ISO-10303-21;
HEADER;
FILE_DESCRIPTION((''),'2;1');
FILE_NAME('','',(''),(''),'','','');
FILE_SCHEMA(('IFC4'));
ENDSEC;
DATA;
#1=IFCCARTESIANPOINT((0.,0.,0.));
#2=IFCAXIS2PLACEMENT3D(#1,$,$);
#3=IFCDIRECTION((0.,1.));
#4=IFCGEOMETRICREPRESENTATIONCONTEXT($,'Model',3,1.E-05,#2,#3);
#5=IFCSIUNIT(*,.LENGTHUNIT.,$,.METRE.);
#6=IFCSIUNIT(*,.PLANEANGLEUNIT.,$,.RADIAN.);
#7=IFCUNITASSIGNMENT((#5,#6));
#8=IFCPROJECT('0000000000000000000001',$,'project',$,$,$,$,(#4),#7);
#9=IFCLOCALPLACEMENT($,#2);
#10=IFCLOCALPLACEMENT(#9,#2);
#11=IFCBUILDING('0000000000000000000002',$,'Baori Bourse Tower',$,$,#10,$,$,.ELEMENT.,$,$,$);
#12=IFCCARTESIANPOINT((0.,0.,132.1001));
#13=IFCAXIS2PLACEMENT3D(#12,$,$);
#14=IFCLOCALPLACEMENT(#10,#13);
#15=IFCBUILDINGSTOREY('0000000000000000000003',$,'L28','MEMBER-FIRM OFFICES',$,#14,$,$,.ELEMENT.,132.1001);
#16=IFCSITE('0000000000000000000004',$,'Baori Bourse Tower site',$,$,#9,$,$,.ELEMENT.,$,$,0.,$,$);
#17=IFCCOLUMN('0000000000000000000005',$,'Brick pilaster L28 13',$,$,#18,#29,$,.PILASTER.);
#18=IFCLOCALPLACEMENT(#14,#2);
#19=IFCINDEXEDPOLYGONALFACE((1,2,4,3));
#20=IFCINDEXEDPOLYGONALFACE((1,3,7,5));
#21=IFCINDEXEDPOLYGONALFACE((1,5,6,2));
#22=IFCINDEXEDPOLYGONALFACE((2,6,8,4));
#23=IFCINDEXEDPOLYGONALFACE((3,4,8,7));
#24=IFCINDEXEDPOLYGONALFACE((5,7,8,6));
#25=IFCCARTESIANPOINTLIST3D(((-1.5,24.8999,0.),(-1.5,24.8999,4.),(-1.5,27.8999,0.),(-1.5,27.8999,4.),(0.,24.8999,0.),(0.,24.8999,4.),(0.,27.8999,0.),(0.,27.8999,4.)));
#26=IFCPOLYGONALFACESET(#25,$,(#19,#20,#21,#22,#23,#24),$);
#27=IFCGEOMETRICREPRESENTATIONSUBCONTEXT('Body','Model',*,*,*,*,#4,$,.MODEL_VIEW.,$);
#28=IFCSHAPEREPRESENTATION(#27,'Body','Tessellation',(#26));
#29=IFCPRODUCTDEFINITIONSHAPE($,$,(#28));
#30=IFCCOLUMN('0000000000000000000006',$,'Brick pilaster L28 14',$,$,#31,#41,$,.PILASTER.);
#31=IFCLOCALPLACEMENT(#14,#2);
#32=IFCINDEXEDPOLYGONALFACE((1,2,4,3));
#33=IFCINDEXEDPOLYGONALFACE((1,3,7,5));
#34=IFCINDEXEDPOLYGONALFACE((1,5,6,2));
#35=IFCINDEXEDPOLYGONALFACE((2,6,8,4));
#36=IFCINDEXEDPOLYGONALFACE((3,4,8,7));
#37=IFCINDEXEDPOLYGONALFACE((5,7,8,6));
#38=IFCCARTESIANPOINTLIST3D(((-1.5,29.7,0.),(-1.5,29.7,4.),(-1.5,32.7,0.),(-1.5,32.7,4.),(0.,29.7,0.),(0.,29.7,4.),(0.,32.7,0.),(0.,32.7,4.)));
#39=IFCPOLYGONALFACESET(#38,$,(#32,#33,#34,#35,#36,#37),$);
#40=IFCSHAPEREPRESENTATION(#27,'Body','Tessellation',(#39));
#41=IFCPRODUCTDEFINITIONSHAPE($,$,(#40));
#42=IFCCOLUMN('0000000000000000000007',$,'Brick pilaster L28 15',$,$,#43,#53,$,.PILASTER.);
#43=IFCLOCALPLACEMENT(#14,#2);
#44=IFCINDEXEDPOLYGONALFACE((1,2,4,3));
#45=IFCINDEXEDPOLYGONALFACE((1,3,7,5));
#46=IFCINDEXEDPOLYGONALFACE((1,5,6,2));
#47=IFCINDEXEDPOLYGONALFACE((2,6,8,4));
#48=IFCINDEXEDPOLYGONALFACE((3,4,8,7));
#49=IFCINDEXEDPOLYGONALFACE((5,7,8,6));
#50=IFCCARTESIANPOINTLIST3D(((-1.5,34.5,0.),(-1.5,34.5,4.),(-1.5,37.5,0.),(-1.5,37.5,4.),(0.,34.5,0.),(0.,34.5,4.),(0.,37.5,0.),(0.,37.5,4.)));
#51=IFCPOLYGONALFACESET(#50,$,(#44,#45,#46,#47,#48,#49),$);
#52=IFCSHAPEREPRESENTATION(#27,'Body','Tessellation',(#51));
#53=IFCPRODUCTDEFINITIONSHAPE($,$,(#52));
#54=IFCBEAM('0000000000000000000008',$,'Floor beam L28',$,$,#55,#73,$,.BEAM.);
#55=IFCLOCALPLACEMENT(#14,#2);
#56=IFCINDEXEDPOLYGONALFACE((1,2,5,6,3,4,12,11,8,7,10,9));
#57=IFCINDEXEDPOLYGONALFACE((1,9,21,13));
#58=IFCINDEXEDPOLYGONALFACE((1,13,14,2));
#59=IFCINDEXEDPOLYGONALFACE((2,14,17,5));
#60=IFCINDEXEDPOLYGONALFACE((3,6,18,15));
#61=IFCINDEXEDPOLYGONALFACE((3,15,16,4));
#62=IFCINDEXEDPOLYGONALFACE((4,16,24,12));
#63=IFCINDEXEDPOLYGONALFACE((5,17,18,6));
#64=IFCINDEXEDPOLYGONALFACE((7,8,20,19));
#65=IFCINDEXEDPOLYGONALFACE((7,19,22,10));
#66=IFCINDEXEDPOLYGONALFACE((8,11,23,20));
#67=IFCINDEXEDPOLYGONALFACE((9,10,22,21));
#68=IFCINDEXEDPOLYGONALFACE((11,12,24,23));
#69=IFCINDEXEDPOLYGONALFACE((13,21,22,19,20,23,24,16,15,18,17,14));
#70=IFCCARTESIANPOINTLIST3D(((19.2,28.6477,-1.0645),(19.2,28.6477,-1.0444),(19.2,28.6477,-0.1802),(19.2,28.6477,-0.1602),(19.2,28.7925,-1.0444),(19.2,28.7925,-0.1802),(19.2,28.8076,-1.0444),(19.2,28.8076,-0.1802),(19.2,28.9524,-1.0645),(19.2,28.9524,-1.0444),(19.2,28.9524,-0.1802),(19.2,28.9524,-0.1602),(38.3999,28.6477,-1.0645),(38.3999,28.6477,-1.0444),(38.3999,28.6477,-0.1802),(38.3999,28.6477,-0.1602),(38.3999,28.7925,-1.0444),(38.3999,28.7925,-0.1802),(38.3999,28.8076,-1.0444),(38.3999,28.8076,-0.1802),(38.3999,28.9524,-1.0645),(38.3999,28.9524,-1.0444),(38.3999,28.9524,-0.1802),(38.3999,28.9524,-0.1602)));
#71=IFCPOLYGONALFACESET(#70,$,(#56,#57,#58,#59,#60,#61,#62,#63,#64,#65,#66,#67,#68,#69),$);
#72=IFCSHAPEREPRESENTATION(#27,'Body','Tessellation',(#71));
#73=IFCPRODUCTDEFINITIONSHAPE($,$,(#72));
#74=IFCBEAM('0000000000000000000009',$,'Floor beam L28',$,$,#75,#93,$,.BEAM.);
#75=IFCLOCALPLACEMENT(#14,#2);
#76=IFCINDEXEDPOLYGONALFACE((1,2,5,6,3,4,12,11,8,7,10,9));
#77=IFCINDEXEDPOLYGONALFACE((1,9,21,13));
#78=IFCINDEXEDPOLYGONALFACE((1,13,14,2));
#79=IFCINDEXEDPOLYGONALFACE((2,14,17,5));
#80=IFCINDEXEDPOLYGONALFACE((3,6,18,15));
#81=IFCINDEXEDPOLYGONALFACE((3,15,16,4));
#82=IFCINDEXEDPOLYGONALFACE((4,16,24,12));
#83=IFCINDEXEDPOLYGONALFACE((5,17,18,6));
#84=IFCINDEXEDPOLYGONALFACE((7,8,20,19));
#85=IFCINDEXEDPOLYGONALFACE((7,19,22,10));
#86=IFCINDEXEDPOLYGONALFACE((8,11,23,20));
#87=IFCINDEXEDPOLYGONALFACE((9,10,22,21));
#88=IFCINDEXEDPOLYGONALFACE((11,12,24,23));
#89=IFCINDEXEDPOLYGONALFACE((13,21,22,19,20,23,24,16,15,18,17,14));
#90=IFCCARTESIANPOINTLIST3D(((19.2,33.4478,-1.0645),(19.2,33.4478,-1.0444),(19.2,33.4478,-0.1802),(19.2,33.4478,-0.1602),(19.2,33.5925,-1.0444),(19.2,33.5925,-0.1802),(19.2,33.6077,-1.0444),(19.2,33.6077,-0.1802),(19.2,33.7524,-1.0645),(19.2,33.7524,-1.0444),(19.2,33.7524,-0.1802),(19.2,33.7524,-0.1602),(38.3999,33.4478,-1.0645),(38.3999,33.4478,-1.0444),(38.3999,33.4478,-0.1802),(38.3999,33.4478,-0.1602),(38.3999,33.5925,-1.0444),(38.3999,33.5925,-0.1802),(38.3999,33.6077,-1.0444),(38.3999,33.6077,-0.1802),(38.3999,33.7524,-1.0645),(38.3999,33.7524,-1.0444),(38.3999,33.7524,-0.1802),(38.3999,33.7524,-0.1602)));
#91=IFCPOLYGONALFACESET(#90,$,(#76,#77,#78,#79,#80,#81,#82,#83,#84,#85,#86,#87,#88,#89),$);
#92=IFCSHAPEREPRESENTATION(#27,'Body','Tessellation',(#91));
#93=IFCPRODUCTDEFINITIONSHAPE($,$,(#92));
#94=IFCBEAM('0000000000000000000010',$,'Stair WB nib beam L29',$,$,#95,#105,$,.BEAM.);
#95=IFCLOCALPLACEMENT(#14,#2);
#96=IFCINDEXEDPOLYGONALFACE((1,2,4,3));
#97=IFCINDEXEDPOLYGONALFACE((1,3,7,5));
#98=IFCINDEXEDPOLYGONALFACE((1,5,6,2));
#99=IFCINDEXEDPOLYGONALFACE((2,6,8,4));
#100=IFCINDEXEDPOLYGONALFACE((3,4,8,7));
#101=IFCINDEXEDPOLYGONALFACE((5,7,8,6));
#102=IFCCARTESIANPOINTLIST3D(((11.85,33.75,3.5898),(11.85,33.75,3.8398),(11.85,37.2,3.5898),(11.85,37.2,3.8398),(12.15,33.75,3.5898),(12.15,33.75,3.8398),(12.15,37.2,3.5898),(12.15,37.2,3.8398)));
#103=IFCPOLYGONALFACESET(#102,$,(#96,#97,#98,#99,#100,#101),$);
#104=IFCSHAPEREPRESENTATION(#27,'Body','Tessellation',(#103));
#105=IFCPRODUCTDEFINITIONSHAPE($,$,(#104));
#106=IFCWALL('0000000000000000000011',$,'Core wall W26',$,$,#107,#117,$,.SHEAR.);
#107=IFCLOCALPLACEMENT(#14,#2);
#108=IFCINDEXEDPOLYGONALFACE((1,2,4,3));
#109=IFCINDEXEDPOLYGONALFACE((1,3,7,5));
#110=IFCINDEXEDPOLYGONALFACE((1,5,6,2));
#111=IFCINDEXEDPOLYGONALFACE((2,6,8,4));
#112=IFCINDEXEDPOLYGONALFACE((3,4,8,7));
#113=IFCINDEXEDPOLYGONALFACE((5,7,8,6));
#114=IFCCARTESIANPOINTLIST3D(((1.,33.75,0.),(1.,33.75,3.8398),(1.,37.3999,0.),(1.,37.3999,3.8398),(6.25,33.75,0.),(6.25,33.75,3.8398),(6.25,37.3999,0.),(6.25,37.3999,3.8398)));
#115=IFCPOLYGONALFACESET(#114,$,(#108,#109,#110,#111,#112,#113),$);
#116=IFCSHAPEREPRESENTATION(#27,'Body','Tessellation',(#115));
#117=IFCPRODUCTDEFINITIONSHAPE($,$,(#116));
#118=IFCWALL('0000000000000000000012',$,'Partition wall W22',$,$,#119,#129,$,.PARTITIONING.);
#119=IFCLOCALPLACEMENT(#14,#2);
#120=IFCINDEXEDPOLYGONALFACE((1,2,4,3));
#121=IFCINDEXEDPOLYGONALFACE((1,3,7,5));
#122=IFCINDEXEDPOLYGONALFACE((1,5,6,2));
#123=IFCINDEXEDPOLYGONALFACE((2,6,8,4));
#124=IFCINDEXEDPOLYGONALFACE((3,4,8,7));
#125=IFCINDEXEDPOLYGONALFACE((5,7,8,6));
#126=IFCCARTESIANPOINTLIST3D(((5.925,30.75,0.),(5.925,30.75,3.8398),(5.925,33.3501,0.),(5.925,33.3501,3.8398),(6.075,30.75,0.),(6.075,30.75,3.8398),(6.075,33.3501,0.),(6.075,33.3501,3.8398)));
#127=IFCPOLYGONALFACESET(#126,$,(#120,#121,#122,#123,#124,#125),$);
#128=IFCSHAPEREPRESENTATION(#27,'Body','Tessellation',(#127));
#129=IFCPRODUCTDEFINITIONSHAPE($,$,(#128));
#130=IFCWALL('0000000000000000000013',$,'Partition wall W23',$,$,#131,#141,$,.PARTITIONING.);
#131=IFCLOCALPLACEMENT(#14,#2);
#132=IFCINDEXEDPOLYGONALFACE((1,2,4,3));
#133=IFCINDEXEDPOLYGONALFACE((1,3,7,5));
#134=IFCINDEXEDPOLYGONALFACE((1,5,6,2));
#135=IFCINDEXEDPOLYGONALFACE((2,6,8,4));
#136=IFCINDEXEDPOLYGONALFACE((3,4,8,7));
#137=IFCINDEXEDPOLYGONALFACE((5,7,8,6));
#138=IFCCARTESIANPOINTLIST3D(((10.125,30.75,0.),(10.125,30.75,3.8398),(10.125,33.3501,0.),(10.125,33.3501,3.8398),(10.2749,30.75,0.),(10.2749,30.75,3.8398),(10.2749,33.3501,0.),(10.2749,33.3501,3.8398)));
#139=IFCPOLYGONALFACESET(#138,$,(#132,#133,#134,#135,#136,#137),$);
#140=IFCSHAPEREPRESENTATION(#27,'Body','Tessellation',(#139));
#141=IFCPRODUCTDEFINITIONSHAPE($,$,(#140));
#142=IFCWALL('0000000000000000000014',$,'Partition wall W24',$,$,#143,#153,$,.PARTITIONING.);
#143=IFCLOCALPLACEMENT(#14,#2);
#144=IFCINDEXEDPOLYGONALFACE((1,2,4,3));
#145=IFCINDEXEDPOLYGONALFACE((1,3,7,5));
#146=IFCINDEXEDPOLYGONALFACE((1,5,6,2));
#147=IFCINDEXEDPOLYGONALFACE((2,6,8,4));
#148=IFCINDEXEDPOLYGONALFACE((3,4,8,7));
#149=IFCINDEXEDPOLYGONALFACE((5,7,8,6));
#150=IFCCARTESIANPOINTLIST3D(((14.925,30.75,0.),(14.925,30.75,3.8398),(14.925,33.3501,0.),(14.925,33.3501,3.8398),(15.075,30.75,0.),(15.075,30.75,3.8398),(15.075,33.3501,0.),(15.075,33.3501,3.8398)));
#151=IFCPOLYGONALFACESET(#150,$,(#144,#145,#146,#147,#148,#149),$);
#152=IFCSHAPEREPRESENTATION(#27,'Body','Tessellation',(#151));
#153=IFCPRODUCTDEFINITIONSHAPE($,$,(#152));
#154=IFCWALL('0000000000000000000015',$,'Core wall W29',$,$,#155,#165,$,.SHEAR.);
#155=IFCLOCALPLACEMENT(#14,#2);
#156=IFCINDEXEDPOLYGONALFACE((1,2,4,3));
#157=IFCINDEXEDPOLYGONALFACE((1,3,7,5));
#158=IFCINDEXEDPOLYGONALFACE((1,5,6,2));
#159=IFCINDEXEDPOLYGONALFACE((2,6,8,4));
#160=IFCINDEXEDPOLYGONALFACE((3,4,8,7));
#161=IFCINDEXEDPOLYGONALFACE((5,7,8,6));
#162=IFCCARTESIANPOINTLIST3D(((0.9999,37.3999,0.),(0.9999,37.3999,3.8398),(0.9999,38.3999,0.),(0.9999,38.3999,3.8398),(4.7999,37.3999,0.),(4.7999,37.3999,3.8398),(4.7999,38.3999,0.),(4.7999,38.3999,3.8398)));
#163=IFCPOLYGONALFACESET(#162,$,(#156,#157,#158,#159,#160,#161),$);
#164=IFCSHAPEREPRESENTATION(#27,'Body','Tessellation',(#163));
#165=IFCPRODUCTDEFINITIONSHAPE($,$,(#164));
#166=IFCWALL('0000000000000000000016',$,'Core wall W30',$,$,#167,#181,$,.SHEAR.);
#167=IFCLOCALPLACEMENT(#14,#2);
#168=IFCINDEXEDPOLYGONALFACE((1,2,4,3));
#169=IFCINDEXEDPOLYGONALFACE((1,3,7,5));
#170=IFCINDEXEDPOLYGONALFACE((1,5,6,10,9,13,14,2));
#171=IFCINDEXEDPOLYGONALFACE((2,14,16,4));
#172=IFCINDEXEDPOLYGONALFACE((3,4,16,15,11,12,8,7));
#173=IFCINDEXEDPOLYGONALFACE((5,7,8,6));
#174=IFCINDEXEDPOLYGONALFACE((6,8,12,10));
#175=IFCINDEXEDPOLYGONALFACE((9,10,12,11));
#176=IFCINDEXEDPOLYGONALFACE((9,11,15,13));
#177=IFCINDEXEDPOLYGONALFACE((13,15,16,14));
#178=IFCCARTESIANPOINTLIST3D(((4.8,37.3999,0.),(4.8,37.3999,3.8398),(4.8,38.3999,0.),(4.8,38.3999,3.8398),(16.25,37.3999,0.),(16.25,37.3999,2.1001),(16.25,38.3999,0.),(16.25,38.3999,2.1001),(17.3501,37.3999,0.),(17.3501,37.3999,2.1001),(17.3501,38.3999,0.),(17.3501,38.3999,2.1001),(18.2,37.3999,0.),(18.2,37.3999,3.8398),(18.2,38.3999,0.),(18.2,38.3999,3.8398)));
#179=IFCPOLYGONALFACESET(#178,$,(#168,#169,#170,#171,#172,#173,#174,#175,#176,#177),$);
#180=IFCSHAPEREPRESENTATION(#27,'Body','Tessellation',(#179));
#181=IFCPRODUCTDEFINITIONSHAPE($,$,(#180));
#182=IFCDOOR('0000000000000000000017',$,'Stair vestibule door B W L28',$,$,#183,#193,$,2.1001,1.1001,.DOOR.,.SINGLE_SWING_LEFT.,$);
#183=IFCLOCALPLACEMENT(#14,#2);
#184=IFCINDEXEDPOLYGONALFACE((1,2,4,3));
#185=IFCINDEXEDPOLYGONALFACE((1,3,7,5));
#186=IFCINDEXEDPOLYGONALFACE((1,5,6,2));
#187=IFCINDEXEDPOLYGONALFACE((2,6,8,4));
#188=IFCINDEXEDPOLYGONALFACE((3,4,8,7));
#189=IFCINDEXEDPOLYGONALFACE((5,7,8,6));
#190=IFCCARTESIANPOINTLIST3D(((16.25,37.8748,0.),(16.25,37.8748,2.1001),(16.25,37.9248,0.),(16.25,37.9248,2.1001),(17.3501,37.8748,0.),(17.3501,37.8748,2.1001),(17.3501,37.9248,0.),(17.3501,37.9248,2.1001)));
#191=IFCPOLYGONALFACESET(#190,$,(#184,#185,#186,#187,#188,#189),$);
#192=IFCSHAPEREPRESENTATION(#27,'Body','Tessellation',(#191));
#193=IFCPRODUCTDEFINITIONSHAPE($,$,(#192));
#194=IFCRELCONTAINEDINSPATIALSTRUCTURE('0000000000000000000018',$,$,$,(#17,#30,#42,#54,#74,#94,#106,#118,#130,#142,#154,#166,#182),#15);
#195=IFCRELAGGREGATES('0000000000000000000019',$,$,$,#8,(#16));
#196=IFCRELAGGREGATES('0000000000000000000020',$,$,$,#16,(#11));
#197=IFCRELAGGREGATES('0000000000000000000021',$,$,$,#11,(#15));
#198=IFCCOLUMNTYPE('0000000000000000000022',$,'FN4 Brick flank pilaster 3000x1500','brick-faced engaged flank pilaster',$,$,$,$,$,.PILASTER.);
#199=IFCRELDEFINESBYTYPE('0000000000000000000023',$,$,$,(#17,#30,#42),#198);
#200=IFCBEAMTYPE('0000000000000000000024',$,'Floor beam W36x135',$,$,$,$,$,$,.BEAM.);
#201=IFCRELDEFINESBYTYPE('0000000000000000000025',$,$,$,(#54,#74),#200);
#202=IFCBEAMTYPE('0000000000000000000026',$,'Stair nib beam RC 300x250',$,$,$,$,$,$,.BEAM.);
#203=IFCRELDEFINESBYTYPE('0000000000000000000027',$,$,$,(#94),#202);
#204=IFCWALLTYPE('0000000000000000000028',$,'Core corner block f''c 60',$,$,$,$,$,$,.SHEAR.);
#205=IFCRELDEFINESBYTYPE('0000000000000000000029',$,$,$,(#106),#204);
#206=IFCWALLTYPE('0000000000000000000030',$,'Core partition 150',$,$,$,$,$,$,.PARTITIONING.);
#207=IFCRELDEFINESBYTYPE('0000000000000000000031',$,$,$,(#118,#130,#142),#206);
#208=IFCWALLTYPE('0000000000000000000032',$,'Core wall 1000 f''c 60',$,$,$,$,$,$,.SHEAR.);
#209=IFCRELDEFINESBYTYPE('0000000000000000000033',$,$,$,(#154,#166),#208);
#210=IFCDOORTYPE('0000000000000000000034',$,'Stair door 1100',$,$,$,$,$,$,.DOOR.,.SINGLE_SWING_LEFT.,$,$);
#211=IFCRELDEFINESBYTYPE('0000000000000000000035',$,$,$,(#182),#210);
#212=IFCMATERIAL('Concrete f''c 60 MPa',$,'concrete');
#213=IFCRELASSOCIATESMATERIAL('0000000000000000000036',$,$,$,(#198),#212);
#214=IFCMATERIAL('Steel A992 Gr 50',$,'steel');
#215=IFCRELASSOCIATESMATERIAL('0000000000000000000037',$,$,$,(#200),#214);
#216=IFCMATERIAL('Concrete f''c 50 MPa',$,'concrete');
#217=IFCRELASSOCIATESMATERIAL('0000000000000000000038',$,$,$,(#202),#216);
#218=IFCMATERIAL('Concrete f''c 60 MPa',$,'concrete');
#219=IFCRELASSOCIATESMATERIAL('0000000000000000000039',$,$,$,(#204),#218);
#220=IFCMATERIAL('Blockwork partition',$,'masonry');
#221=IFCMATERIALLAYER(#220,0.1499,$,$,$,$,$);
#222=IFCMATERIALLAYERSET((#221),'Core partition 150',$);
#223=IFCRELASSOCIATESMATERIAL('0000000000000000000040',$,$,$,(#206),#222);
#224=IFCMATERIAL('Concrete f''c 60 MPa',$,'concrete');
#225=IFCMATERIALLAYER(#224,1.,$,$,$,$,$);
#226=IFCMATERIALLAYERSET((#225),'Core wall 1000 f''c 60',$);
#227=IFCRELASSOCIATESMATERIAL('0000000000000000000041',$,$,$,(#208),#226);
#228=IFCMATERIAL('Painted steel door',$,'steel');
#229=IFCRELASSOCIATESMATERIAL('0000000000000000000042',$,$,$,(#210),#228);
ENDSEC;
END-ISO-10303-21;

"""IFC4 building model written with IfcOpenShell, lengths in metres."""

from ifc_helpers import new_model, si_unit, direction, frame, frame_2d, origin, origin_2d, place, context, subcontext, project, spatial, rectangle, i_section, extrude, material, layer, layer_set, material_profile, profile_set, type_object, element, fill, save


model = new_model("IFC4")

# Units and contexts
model_context = context("Model", 3, precision=1e-05, world=origin(), true_north=direction((0.0, 1.0)))
body_context = subcontext(model_context, "Body", "Model", "MODEL_VIEW")
ifc_project = project(units=[si_unit("LENGTHUNIT", "METRE"), si_unit("PLANEANGLEUNIT", "RADIAN")], contexts=[model_context])

# Site, building, storey
site_placement = place(None, origin())
site = spatial("IfcSite", under=ifc_project, at=site_placement, Name="Baori Bourse Tower site", CompositionType="ELEMENT", RefElevation=0.0)
building_placement = place(site_placement, origin())
building = spatial("IfcBuilding", under=site, at=building_placement, Name="Baori Bourse Tower", CompositionType="ELEMENT")
storey_placement = place(building_placement, frame((0.0, 0.0, 132.1001)))
storey = spatial("IfcBuildingStorey", under=building, at=storey_placement, Name="L28", Description="MEMBER-FIRM OFFICES", CompositionType="ELEMENT", Elevation=132.1001)

# Columns
ifc_material_1 = material(Name="Concrete f'c 60 MPa", Category="concrete")
ifc_material_profile_1 = material_profile(ifc_material_1, rectangle(XDim=3.0, YDim=1.5, at=origin_2d()), Name="RC 3000x1500")
ifc_profile_set_1 = profile_set([ifc_material_profile_1], Name="Concrete f'c 60 MPa")
column_type = type_object("IfcColumnType", Name="FN4 Brick flank pilaster 3000x1500", Description="brick-faced engaged flank pilaster", PredefinedType="PILASTER", material=ifc_profile_set_1)
for number, where, z_axis, x_axis, name in (
    (1, (-0.75, 26.3999, 0.0), (0.0, 0.0, 1.0), (0.0, 1.0, 0.0), "Brick pilaster L28 13"),
    (2, (-0.75, 31.2, 0.0), (0.0, 0.0, 1.0), (0.0, 1.0, 0.0), "Brick pilaster L28 14"),
    (3, (-0.75, 36.0, 0.0), (0.0, 0.0, 1.0), (0.0, 1.0, 0.0), "Brick pilaster L28 15"),
):
    element("IfcColumn", number, at=place(storey_placement, frame(where, z_axis=z_axis, x_axis=x_axis)), inside=storey, type_object=column_type, Name=name, PredefinedType="PILASTER", context=body_context, shape_type="SweptSolid", body=[
        extrude(rectangle(XDim=3.0, YDim=1.5, at=origin_2d()), origin(), (0.0, 0.0, 1.0), 4.0),
    ])

# Beams
ifc_material_2 = material(Name="Steel A992 Gr 50", Category="steel")
ifc_material_profile_2 = material_profile(ifc_material_2, i_section(OverallWidth=0.3047, OverallDepth=0.9043, WebThickness=0.0151, FlangeThickness=0.02, at=origin_2d()), Name="W36x135")
ifc_profile_set_2 = profile_set([ifc_material_profile_2], Name="Steel A992 Gr 50")
beam_type_1 = type_object("IfcBeamType", Name="Floor beam W36x135", PredefinedType="BEAM", material=ifc_profile_set_2)
for number, where, z_axis, x_axis, name in (
    (4, (19.2, 28.8, -0.6123), (1.0, 0.0, 0.0), (0.0, 1.0, 0.0), "Floor beam L28"),
    (5, (19.2, 33.6001, -0.6123), (1.0, 0.0, 0.0), (0.0, 1.0, 0.0), "Floor beam L28"),
):
    element("IfcBeam", number, at=place(storey_placement, frame(where, z_axis=z_axis, x_axis=x_axis)), inside=storey, type_object=beam_type_1, Name=name, PredefinedType="BEAM", context=body_context, shape_type="SweptSolid", body=[
        extrude(i_section(OverallWidth=0.3047, OverallDepth=0.9043, WebThickness=0.0151, FlangeThickness=0.02, at=origin_2d()), origin(), (0.0, 0.0, 1.0), 19.2),
    ])
ifc_material_3 = material(Name="Concrete f'c 50 MPa", Category="concrete")
ifc_material_profile_3 = material_profile(ifc_material_3, rectangle(XDim=0.3, YDim=0.25, at=origin_2d()), Name="RC 300x250")
ifc_profile_set_3 = profile_set([ifc_material_profile_3], Name="Concrete f'c 50 MPa")
beam_type_2 = type_object("IfcBeamType", Name="Stair nib beam RC 300x250", PredefinedType="BEAM", material=ifc_profile_set_3)
beam_placement = place(storey_placement, frame((12.0, 33.75, 3.7148), z_axis=(0.0, 1.0, 0.0), x_axis=(-1.0, 0.0, 0.0)))
element("IfcBeam", 6, at=beam_placement, inside=storey, type_object=beam_type_2, Name="Stair WB nib beam L29", PredefinedType="BEAM", context=body_context, shape_type="SweptSolid", body=[
    extrude(rectangle(XDim=0.3, YDim=0.25, at=origin_2d()), origin(), (0.0, 0.0, 1.0), 3.45),
])

# Walls
ifc_material_4 = material(Name="Concrete f'c 60 MPa", Category="concrete")
wall_type_1 = type_object("IfcWallType", Name="Core corner block f'c 60", PredefinedType="SHEAR", material=ifc_material_4)
wall_1_placement = place(storey_placement, frame((1.0, 35.575, 0.0), z_axis=(0.0, 0.0, 1.0), x_axis=(1.0, 0.0, 0.0)))
element("IfcWall", 7, at=wall_1_placement, inside=storey, type_object=wall_type_1, Name="Core wall W26", PredefinedType="SHEAR", context=body_context, shape_type="SweptSolid", body=[
    extrude(rectangle(XDim=5.25, YDim=3.6499, at=frame_2d((2.625, 0.0))), origin(), (0.0, 0.0, 1.0), 3.8398),
])
ifc_material_5 = material(Name="Blockwork partition", Category="masonry")
ifc_layer_1 = layer(ifc_material_5, 0.1499)
ifc_layer_set_1 = layer_set([ifc_layer_1], Name="Core partition 150")
wall_type_2 = type_object("IfcWallType", Name="Core partition 150", PredefinedType="PARTITIONING", material=ifc_layer_set_1)
for number, where, z_axis, x_axis, name in (
    (8, (6.0, 30.75, 0.0), (0.0, 0.0, 1.0), (0.0, 1.0, 0.0), "Partition wall W22"),
    (9, (10.2, 30.75, 0.0), (0.0, 0.0, 1.0), (0.0, 1.0, 0.0), "Partition wall W23"),
    (10, (15.0, 30.75, 0.0), (0.0, 0.0, 1.0), (0.0, 1.0, 0.0), "Partition wall W24"),
):
    element("IfcWall", number, at=place(storey_placement, frame(where, z_axis=z_axis, x_axis=x_axis)), inside=storey, type_object=wall_type_2, Name=name, PredefinedType="PARTITIONING", context=body_context, shape_type="SweptSolid", body=[
        extrude(rectangle(XDim=2.6001, YDim=0.1499, at=frame_2d((1.3, 0.0))), origin(), (0.0, 0.0, 1.0), 3.8398),
    ])
ifc_material_6 = material(Name="Concrete f'c 60 MPa", Category="concrete")
ifc_layer_2 = layer(ifc_material_6, 1.0)
ifc_layer_set_2 = layer_set([ifc_layer_2], Name="Core wall 1000 f'c 60")
wall_type_3 = type_object("IfcWallType", Name="Core wall 1000 f'c 60", PredefinedType="SHEAR", material=ifc_layer_set_2)
wall_2_placement = place(storey_placement, frame((1.0, 37.8999, 0.0), z_axis=(0.0, 0.0, 1.0), x_axis=(1.0, 0.0, 0.0)))
element("IfcWall", 11, at=wall_2_placement, inside=storey, type_object=wall_type_3, Name="Core wall W29", PredefinedType="SHEAR", context=body_context, shape_type="SweptSolid", body=[
    extrude(rectangle(XDim=3.8, YDim=1.0, at=frame_2d((1.8999, 0.0))), origin(), (0.0, 0.0, 1.0), 3.8398),
])

# Wall, opening, door
wall_3_placement = place(storey_placement, frame((4.8, 37.8999, 0.0), z_axis=(0.0, 0.0, 1.0), x_axis=(1.0, 0.0, 0.0)))
wall_3 = element("IfcWall", 12, at=wall_3_placement, inside=storey, type_object=wall_type_3, Name="Core wall W30", PredefinedType="SHEAR", context=body_context, shape_type="SweptSolid", body=[
    extrude(rectangle(XDim=13.3999, YDim=1.0, at=frame_2d((6.7, 0.0))), origin(), (0.0, 0.0, 1.0), 3.8398),
])
opening_1_placement = place(wall_3_placement, frame((11.45, 0.0, 0.0)))
opening_1 = element("IfcOpeningElement", 13, at=opening_1_placement, cuts=wall_3, PredefinedType="OPENING", context=body_context, shape_type="SweptSolid", body=[
    extrude(rectangle(XDim=1.1001, YDim=2.1001, at=frame_2d((0.55, 1.05))), frame((0.0, 0.51, 0.0), z_axis=(0.0, -1.0, 0.0), x_axis=(1.0, 0.0, 0.0)), (0.0, 0.0, 1.0), 1.02),
])
ifc_material_7 = material(Name="Painted steel door", Category="steel")
door_type_1 = type_object("IfcDoorType", Name="Stair door 1100", OperationType="SINGLE_SWING_LEFT", PredefinedType="DOOR", material=ifc_material_7)
door_1_placement = place(opening_1_placement, origin())
door_1 = element("IfcDoor", 14, at=door_1_placement, inside=storey, type_object=door_type_1, Name="Stair vestibule door B W L28", OperationType="SINGLE_SWING_LEFT", OverallHeight=2.1001, OverallWidth=1.1001, PredefinedType="DOOR", context=body_context, shape_type="SweptSolid", body=[
    extrude(rectangle(XDim=1.1001, YDim=2.1001, at=frame_2d((0.55, 1.05))), frame((0.0, 0.0249, 0.0), z_axis=(0.0, -1.0, 0.0), x_axis=(1.0, 0.0, 0.0)), (0.0, 0.0, 1.0), 0.05),
])
fill(opening_1, door_1)

save(model, "model.ifc")
